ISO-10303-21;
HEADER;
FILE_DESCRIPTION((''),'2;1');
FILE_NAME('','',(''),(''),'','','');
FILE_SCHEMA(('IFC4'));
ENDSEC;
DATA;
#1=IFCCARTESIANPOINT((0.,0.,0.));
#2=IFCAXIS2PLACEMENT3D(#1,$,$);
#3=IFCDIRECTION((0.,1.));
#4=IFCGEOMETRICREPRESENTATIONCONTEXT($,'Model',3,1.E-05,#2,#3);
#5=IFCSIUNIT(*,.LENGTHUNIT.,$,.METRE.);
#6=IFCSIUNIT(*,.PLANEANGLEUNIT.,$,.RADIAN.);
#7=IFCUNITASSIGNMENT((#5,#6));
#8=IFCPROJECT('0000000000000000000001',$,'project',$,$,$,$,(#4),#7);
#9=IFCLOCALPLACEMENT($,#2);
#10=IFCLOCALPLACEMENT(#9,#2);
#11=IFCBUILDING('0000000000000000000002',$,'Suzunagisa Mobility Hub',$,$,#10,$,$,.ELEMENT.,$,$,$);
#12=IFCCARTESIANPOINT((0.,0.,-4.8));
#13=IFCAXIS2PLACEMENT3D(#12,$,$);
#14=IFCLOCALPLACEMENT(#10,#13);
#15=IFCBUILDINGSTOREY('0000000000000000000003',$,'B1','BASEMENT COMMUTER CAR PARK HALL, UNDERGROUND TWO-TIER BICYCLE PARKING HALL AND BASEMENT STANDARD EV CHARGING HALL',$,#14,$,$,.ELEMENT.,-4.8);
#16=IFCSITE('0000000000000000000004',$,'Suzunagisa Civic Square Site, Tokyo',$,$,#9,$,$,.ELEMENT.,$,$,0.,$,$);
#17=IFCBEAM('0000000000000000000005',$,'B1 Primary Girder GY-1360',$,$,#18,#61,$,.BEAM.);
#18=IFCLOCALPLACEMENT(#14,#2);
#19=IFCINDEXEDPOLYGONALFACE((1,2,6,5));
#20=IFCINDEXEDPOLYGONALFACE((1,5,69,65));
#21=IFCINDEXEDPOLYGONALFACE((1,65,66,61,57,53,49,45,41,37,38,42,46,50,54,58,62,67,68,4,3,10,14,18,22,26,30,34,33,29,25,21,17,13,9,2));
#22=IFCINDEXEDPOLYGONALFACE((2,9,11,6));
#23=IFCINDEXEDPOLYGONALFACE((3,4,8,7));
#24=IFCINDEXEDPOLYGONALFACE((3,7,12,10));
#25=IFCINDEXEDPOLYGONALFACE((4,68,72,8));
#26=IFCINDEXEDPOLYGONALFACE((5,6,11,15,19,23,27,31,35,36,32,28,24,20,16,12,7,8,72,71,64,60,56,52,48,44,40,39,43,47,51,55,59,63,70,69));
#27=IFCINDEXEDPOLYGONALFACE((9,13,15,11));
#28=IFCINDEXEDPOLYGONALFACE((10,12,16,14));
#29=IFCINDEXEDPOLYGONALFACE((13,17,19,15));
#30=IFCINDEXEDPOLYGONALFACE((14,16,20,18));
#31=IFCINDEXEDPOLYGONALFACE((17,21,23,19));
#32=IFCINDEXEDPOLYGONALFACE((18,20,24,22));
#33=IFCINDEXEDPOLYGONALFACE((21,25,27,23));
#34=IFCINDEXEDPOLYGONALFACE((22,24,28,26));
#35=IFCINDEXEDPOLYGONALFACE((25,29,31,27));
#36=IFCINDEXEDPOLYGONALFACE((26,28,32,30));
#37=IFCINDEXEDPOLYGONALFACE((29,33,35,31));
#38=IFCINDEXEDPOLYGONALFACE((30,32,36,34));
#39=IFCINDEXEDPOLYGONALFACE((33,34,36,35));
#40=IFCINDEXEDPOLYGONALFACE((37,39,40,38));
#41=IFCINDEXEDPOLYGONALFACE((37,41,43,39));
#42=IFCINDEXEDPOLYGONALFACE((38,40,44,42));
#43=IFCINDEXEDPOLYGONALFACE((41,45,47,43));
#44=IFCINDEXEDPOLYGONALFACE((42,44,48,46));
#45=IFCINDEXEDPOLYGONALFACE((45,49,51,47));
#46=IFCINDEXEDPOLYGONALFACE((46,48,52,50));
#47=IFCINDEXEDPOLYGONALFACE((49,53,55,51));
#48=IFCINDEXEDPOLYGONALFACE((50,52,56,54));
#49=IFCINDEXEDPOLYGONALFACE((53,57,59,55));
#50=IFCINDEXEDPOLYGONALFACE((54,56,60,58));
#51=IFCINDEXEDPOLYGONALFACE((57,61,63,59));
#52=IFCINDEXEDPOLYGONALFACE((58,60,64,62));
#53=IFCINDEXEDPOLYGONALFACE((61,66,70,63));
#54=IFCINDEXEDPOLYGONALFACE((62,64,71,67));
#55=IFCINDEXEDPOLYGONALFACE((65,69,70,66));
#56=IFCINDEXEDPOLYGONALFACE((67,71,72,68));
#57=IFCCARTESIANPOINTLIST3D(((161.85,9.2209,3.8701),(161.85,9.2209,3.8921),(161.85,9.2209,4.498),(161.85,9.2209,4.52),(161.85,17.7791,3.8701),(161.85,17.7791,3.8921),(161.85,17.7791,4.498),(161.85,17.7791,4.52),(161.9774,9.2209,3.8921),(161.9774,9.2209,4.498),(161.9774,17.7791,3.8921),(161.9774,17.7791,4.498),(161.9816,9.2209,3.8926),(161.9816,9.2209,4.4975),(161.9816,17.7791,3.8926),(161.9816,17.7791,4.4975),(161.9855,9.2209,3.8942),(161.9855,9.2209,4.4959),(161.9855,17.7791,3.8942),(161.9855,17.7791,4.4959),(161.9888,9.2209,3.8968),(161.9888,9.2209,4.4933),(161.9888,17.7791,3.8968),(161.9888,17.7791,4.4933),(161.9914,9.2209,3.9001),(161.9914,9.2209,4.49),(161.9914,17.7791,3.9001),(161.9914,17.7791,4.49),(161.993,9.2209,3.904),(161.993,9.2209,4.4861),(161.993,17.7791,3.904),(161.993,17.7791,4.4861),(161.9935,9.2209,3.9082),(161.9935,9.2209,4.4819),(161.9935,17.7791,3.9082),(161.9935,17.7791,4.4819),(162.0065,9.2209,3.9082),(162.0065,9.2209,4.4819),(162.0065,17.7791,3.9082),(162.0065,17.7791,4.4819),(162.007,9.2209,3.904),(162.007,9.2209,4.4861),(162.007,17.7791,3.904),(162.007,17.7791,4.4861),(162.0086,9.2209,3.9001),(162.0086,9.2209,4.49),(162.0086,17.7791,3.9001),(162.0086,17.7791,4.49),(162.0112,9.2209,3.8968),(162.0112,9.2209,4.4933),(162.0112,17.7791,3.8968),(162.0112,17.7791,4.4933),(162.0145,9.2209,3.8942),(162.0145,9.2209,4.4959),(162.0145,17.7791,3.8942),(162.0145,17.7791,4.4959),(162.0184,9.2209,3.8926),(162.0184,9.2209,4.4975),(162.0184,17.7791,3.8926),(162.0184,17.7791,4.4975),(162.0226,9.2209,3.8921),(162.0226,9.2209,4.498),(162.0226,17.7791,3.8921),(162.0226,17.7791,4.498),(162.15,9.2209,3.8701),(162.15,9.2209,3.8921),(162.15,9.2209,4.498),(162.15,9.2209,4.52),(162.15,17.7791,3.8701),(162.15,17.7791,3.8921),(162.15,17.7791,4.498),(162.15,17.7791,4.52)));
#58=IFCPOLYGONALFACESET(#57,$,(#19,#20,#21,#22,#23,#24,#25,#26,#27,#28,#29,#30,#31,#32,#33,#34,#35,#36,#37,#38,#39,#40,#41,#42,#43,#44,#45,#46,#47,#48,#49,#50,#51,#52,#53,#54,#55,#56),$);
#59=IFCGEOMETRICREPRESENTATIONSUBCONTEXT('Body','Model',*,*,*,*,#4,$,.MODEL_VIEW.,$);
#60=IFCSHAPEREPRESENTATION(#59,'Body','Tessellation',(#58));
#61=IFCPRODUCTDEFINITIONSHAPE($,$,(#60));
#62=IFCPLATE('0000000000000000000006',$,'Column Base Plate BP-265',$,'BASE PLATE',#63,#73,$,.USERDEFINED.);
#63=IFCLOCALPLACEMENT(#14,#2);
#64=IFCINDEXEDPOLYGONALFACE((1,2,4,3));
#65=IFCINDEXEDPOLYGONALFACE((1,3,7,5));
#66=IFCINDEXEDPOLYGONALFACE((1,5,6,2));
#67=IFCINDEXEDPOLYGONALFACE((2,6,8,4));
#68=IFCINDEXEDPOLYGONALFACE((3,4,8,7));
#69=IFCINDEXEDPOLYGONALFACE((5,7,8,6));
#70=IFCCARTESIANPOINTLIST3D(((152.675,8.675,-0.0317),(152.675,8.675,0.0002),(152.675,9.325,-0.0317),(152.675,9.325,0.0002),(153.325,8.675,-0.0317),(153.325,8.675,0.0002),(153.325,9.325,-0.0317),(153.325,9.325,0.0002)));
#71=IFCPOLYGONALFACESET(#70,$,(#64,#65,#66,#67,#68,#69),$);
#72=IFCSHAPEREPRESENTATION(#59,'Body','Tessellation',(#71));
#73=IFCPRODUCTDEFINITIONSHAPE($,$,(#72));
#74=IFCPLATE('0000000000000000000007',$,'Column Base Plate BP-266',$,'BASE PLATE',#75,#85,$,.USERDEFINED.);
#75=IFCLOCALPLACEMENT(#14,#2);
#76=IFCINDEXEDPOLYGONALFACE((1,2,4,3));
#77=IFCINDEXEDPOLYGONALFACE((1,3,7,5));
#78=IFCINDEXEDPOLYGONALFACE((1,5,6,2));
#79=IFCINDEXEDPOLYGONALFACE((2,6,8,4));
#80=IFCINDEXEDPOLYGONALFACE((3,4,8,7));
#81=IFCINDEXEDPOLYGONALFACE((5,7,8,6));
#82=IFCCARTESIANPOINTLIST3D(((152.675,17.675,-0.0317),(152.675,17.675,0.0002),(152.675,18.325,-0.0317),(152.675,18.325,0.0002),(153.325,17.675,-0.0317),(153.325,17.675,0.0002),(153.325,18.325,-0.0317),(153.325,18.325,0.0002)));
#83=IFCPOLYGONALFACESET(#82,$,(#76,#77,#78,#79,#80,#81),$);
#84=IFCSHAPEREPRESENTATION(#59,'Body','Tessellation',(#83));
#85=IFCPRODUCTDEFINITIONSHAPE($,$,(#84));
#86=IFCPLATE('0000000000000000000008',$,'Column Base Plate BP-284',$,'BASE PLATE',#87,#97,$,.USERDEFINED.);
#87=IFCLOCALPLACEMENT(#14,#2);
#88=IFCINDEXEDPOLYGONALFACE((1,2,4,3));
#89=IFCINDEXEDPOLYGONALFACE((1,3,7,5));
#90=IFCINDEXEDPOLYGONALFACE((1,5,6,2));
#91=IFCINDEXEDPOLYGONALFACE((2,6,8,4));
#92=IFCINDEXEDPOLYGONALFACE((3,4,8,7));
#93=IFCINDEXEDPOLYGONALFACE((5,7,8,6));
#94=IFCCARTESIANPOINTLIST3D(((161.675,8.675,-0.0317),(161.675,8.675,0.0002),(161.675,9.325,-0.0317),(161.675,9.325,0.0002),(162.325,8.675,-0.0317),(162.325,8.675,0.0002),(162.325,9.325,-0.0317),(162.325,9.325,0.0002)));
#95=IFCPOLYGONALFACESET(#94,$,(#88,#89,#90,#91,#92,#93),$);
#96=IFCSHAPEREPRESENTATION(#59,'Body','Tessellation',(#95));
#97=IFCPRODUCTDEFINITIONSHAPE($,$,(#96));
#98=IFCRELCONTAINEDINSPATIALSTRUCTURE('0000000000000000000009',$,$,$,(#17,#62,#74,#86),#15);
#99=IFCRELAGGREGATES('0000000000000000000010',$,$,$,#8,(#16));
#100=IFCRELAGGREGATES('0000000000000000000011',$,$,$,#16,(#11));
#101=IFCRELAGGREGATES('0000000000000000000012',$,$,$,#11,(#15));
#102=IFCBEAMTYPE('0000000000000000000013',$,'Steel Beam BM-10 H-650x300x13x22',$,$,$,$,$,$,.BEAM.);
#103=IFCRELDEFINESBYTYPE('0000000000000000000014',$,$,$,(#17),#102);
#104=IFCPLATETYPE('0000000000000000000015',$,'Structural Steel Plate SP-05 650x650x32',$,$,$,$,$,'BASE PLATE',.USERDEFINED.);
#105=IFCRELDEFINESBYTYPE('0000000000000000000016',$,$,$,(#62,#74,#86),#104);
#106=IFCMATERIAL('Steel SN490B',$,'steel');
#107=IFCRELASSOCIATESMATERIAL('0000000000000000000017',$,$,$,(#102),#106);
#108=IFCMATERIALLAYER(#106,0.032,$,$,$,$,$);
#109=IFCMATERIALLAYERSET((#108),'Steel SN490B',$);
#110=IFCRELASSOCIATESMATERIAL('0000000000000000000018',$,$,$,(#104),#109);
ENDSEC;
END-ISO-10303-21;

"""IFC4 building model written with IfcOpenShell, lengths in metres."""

from ifc_helpers import new_model, si_unit, direction, frame, origin, origin_2d, place, context, subcontext, project, spatial, rectangle, i_section, extrude, material, layer, layer_set, material_profile, profile_set, type_object, element, save


model = new_model("IFC4")

# Units and contexts
model_context = context("Model", 3, precision=1e-05, world=origin(), true_north=direction((0.0, 1.0)))
body_context = subcontext(model_context, "Body", "Model", "MODEL_VIEW")
ifc_project = project(units=[si_unit("LENGTHUNIT", "METRE"), si_unit("PLANEANGLEUNIT", "RADIAN")], contexts=[model_context])

# Site, building, storey
site_placement = place(None, origin())
site = spatial("IfcSite", under=ifc_project, at=site_placement, Name="Suzunagisa Civic Square Site, Tokyo", CompositionType="ELEMENT", RefElevation=0.0)
building_placement = place(site_placement, origin())
building = spatial("IfcBuilding", under=site, at=building_placement, Name="Suzunagisa Mobility Hub", CompositionType="ELEMENT")
storey_placement = place(building_placement, frame((0.0, 0.0, -4.8)))
storey = spatial("IfcBuildingStorey", under=building, at=storey_placement, Name="B1", Description="BASEMENT COMMUTER CAR PARK HALL, UNDERGROUND TWO-TIER BICYCLE PARKING HALL AND BASEMENT STANDARD EV CHARGING HALL", CompositionType="ELEMENT", Elevation=-4.8)

# Shared definitions
ifc_material_1 = material(Name="Steel SN490B", Category="steel")

# Beam
ifc_material_profile_1 = material_profile(ifc_material_1, i_section(OverallWidth=0.3, OverallDepth=0.6499, WebThickness=0.0129, FlangeThickness=0.022, FilletRadius=0.0161, at=origin_2d()), Name="H-650x300x13x22")
ifc_profile_set_1 = profile_set([ifc_material_profile_1], Name="Steel SN490B")
beam_type_1 = type_object("IfcBeamType", Name="Steel Beam BM-10 H-650x300x13x22", PredefinedType="BEAM", material=ifc_profile_set_1)
for number, where, z_axis, x_axis, name in (
    (1, (162.0, 9.2209, 4.1951), (0.0, 1.0, 0.0), (-1.0, 0.0, 0.0), "B1 Primary Girder GY-1360"),
):
    element("IfcBeam", number, at=place(storey_placement, frame(where, z_axis=z_axis, x_axis=x_axis)), inside=storey, type_object=beam_type_1, Name=name, PredefinedType="BEAM", context=body_context, shape_type="SweptSolid", body=[
        extrude(i_section(OverallWidth=0.3, OverallDepth=0.6499, WebThickness=0.0129, FlangeThickness=0.022, FilletRadius=0.0161, at=origin_2d()), origin(), (0.0, 0.0, 1.0), 8.5581),
    ])

# Plates
ifc_layer = layer(ifc_material_1, 0.032)
ifc_layer_set = layer_set([ifc_layer], Name="Steel SN490B")
plate_type = type_object("IfcPlateType", Name="Structural Steel Plate SP-05 650x650x32", ElementType="BASE PLATE", PredefinedType="USERDEFINED", material=ifc_layer_set)
for number, where, z_axis, x_axis, name in (
    (2, (153.0, 9.0, -0.0317), (0.0, 0.0, 1.0), (1.0, 0.0, 0.0), "Column Base Plate BP-265"),
    (3, (153.0, 18.0, -0.0317), (0.0, 0.0, 1.0), (1.0, 0.0, 0.0), "Column Base Plate BP-266"),
    (4, (162.0, 9.0, -0.0317), (0.0, 0.0, 1.0), (1.0, 0.0, 0.0), "Column Base Plate BP-284"),
):
    element("IfcPlate", number, at=place(storey_placement, frame(where, z_axis=z_axis, x_axis=x_axis)), inside=storey, type_object=plate_type, Name=name, ObjectType="BASE PLATE", PredefinedType="USERDEFINED", context=body_context, shape_type="SweptSolid", body=[
        extrude(rectangle(XDim=0.6499, YDim=0.6499, at=origin_2d()), origin(), (0.0, 0.0, 1.0), 0.032),
    ])

save(model, "model.ifc")
